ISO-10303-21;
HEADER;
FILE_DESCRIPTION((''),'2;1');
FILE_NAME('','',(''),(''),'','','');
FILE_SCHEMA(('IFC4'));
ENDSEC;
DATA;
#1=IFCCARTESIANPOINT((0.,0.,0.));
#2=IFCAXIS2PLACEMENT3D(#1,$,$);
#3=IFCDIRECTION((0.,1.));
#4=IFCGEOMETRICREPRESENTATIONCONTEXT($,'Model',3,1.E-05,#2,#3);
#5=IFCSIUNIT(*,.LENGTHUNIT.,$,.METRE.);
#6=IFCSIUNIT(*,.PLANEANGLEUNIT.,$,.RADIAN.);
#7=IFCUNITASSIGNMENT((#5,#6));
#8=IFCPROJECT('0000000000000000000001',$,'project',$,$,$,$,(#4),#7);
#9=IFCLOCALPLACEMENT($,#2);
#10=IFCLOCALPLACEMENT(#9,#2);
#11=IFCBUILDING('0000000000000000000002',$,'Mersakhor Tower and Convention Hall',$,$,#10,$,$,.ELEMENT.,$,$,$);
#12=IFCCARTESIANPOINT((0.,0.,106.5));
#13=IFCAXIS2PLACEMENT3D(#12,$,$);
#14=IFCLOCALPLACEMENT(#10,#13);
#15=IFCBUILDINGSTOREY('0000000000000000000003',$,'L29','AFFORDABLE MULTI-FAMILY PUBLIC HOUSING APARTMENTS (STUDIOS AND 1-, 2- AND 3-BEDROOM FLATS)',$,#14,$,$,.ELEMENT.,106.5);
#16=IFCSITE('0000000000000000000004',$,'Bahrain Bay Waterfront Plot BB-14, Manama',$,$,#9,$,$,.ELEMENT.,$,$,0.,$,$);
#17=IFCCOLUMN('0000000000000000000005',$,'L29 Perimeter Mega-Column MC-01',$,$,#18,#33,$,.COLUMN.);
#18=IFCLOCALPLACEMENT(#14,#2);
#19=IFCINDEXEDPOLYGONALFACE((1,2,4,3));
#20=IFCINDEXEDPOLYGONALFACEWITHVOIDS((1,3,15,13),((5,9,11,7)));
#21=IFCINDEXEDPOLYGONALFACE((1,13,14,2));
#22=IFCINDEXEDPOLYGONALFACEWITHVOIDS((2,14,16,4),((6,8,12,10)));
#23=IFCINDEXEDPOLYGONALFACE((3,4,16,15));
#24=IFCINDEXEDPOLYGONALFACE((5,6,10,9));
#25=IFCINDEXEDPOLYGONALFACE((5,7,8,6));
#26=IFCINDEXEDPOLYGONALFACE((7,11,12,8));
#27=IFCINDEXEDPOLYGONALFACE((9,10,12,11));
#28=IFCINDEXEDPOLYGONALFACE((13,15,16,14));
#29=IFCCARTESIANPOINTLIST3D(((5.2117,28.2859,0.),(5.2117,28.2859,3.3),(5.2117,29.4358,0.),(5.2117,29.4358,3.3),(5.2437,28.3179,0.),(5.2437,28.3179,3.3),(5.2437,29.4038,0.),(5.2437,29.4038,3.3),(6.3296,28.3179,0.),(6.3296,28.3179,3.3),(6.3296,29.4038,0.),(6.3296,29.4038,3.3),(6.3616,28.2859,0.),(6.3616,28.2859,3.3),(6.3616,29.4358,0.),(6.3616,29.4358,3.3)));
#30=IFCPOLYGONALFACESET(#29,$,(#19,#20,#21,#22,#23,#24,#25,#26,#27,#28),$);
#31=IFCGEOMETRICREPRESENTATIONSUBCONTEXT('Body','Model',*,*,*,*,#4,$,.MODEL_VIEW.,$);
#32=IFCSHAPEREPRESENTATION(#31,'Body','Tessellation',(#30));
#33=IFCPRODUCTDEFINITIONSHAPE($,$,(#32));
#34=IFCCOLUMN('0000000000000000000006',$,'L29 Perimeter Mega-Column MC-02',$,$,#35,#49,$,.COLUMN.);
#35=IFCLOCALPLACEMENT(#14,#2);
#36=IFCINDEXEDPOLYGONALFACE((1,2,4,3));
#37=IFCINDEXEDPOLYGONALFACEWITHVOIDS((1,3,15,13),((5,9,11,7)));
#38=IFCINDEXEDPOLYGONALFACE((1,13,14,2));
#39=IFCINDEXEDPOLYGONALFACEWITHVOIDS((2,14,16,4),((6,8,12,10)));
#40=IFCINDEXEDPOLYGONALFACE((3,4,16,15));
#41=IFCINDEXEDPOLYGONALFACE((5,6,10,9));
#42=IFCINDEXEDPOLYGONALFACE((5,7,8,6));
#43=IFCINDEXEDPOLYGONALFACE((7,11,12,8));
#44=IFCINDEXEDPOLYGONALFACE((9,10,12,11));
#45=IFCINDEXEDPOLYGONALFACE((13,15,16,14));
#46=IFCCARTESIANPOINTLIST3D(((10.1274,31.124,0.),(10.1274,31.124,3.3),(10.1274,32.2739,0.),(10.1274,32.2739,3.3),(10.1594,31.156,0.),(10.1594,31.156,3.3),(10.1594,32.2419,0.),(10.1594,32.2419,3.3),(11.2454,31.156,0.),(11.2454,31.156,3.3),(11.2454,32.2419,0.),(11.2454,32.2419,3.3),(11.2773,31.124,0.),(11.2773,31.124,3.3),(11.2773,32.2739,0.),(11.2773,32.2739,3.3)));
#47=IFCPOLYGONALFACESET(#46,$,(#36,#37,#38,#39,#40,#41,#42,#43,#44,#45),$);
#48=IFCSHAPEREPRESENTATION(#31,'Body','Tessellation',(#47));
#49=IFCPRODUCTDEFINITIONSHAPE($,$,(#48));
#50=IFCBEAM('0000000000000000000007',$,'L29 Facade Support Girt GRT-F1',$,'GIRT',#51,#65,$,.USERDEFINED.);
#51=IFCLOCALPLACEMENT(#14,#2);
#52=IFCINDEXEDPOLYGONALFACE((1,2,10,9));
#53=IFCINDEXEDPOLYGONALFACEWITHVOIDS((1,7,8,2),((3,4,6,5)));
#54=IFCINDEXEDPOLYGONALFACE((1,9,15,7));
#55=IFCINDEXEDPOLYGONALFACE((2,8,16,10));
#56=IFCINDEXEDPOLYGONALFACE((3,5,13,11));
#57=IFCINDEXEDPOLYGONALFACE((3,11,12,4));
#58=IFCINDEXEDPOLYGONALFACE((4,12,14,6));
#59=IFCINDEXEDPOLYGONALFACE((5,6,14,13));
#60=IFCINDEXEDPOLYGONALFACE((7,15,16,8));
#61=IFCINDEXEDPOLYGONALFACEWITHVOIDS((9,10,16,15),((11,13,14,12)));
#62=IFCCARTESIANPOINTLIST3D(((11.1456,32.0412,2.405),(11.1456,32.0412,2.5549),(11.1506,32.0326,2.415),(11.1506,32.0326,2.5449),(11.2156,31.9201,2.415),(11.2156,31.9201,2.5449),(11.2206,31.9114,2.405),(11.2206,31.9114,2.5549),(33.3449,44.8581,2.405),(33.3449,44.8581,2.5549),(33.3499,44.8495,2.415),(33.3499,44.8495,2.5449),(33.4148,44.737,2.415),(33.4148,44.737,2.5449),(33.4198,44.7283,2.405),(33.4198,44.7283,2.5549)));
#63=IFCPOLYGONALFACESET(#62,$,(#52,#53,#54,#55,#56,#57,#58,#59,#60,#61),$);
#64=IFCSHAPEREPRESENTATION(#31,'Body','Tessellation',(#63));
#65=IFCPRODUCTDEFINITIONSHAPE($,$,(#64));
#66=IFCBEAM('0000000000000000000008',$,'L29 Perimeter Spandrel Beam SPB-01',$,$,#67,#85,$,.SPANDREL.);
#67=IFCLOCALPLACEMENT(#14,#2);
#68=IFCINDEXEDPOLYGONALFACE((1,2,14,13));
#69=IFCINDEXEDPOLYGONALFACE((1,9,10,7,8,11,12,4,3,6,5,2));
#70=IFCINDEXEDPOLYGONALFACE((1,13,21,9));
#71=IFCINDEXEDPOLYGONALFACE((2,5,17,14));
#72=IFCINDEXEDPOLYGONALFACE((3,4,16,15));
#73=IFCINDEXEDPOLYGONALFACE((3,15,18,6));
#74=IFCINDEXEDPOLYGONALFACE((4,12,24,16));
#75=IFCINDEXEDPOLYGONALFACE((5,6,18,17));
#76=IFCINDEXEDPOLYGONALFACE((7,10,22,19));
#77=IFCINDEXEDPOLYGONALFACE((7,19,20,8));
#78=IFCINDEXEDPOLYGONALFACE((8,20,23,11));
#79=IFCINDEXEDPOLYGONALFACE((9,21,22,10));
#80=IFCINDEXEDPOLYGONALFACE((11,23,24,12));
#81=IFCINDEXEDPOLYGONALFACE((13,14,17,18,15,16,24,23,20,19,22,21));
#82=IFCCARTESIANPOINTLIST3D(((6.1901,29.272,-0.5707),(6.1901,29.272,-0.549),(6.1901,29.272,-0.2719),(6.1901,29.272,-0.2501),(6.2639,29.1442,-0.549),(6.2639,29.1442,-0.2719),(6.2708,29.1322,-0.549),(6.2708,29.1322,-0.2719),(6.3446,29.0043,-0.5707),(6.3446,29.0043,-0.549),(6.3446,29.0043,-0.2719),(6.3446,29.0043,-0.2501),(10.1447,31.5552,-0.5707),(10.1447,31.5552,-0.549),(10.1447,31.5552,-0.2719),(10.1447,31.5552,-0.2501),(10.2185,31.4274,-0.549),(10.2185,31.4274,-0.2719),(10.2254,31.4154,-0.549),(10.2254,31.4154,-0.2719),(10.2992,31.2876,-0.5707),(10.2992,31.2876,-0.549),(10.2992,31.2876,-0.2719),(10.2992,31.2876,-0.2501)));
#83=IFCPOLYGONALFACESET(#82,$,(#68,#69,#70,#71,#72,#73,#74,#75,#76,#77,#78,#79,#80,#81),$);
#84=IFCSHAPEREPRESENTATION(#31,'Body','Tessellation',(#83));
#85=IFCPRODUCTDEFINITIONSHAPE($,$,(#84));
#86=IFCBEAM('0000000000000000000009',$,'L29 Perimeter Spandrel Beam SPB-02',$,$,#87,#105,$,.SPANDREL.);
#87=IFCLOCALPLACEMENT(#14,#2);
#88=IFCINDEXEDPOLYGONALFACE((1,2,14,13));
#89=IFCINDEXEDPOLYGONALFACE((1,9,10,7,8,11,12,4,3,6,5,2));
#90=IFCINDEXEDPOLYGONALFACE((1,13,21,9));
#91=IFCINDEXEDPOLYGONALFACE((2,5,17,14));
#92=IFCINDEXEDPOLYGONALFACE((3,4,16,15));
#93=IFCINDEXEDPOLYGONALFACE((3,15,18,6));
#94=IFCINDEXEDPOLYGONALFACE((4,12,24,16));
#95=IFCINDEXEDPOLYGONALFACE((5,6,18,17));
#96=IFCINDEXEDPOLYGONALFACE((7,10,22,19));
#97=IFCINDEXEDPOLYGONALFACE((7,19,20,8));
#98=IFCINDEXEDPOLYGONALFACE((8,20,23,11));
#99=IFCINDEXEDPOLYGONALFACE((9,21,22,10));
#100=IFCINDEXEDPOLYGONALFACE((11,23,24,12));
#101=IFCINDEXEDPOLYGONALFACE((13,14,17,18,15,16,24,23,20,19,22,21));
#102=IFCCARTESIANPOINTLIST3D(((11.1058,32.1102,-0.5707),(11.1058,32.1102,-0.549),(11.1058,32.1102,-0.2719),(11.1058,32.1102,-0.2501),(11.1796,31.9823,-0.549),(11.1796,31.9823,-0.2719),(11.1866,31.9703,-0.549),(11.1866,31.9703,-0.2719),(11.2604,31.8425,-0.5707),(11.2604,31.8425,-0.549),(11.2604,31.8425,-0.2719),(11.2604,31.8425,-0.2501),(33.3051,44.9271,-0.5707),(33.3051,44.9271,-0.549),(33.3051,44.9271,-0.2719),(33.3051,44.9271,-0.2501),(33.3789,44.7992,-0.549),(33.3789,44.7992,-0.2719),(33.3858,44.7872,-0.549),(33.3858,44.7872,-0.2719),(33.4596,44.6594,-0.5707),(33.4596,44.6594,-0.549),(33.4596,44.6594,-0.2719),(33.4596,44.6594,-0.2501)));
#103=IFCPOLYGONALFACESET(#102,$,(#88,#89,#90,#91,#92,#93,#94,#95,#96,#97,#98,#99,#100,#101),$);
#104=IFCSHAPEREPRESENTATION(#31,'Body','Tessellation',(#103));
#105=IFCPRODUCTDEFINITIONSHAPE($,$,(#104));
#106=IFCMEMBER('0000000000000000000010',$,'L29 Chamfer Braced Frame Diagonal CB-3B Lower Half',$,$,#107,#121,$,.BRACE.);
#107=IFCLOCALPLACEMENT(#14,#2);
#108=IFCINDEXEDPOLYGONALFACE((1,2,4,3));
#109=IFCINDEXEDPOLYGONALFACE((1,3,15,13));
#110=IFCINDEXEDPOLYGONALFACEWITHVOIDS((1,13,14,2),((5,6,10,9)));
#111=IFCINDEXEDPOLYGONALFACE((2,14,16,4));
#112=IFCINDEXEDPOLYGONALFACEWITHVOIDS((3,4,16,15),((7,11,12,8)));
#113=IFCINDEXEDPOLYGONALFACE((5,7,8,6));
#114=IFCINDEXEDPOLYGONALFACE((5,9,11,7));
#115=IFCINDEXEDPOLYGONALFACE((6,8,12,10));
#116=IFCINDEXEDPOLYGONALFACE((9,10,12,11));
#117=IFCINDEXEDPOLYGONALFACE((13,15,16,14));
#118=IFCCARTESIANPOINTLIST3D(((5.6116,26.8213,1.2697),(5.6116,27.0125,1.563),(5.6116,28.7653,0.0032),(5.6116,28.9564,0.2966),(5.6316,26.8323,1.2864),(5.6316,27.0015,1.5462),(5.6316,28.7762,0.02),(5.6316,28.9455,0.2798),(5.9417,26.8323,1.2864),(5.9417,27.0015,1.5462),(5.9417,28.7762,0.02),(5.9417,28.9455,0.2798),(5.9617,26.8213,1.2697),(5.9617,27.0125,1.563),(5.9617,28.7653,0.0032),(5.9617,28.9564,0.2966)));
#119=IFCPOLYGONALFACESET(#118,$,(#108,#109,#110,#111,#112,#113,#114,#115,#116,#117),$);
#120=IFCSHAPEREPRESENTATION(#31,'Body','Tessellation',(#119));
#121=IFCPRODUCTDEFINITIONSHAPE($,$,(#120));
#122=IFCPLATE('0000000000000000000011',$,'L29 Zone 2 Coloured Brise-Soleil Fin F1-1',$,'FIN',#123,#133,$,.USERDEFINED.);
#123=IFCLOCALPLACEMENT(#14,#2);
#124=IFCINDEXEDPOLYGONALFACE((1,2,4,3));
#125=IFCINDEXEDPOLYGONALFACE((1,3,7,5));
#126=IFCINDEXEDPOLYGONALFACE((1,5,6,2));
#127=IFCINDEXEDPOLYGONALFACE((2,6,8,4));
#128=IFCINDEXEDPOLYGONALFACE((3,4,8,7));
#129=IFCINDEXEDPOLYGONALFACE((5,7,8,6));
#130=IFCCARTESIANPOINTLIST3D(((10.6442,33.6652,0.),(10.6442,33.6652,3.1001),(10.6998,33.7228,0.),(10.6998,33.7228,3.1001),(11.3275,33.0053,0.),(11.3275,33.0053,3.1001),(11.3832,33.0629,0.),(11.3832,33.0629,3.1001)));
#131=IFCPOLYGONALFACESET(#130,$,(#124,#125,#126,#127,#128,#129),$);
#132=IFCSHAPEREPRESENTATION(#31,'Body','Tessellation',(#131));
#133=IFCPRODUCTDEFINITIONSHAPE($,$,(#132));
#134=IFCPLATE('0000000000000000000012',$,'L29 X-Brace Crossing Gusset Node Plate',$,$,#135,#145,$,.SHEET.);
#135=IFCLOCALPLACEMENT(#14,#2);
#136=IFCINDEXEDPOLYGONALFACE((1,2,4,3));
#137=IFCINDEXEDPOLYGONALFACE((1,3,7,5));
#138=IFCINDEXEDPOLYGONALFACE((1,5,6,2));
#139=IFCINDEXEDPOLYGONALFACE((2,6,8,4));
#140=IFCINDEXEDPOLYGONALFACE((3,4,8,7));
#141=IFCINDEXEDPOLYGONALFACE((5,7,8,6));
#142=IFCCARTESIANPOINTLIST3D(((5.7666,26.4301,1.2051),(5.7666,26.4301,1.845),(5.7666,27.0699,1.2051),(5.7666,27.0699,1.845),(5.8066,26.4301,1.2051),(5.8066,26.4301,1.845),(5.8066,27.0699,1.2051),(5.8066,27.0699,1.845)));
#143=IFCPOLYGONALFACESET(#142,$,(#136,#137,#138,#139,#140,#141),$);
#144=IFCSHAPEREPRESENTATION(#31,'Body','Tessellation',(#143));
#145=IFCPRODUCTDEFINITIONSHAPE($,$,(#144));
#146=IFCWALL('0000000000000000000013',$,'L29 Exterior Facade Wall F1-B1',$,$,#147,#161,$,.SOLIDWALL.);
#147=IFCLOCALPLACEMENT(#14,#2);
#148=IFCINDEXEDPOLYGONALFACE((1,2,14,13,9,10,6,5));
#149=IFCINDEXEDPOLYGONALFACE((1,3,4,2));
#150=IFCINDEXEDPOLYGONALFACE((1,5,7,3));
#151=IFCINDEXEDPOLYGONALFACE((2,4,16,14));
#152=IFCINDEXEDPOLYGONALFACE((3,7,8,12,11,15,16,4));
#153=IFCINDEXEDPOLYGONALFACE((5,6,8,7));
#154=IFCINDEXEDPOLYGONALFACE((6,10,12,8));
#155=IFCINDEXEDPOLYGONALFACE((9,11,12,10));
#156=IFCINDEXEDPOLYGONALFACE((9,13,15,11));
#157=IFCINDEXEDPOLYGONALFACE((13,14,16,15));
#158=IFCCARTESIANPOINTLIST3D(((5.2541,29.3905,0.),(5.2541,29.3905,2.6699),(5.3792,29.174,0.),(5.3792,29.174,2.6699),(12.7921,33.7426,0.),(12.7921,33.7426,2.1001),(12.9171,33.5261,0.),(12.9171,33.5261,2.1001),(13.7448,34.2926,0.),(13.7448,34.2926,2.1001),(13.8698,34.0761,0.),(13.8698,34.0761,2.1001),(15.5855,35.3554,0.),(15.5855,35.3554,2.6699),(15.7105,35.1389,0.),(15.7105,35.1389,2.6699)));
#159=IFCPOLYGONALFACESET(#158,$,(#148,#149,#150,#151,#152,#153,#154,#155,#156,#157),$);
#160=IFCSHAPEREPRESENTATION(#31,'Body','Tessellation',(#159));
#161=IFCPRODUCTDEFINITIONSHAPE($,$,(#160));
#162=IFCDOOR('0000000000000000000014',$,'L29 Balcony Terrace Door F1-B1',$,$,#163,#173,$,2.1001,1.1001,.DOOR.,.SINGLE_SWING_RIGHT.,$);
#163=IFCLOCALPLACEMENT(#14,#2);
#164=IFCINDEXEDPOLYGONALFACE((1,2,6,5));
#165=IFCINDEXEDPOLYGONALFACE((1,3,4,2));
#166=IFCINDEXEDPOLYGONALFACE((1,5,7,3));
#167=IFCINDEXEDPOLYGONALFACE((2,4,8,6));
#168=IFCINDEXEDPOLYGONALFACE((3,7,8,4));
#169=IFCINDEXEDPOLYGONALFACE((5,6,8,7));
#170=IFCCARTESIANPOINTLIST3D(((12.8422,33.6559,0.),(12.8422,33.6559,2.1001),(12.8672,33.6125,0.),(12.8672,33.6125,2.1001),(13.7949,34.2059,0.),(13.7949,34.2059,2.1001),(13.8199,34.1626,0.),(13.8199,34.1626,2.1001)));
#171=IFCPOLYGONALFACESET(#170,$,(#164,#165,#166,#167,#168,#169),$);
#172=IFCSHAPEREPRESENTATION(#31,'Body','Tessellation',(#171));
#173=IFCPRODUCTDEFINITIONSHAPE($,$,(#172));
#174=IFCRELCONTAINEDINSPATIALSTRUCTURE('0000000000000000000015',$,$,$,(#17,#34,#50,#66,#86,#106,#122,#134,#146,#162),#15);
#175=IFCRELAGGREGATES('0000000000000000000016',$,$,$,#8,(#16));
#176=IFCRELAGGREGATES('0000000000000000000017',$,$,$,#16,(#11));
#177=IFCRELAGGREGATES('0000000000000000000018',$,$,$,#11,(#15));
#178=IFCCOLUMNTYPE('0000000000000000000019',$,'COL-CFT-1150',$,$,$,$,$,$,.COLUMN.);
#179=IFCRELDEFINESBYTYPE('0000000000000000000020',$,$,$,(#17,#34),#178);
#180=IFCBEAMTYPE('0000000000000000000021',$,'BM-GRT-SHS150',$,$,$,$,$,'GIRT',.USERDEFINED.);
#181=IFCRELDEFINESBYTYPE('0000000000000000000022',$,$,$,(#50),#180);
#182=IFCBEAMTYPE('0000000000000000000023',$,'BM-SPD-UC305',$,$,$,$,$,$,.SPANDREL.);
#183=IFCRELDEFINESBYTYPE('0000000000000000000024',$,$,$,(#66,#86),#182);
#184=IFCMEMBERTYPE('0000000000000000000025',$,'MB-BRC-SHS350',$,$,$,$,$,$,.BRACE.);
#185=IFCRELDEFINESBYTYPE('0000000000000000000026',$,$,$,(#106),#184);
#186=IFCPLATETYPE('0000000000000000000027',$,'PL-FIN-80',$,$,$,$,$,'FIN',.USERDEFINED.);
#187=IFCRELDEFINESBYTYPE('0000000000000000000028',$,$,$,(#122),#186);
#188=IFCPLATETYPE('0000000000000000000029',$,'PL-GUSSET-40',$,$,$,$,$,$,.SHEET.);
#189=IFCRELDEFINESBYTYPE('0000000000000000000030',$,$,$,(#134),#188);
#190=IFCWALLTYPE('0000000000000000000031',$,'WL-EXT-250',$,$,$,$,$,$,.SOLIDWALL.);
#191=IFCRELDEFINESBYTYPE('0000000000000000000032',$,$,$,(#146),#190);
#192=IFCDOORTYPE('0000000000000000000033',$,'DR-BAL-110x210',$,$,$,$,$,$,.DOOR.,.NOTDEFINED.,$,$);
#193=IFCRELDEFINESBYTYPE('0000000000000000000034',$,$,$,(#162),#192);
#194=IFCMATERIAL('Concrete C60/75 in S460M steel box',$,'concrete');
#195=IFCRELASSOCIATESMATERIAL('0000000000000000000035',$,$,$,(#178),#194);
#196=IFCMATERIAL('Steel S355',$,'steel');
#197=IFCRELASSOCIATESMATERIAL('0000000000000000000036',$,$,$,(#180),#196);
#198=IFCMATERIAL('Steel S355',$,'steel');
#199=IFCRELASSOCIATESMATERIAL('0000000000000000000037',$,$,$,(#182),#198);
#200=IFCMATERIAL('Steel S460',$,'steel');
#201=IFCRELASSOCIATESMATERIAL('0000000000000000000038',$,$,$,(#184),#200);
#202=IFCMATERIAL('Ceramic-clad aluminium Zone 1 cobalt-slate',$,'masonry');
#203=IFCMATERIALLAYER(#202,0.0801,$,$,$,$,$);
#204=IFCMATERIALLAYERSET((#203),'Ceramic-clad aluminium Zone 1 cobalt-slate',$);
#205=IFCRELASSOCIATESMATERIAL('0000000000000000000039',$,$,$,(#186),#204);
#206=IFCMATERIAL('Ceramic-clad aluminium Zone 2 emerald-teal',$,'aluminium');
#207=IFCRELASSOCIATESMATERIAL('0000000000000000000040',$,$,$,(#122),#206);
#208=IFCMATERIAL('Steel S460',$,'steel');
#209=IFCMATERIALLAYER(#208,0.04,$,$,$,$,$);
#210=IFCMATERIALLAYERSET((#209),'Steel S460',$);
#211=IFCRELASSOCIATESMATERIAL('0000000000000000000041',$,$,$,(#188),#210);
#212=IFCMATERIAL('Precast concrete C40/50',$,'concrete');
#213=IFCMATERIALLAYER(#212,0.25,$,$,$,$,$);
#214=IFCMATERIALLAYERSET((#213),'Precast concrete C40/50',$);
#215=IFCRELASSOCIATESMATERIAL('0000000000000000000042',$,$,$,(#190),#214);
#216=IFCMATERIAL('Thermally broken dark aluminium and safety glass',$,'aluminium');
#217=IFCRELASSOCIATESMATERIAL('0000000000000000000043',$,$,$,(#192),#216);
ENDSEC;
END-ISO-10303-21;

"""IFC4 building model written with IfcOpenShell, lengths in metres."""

from ifc_helpers import new_model, si_unit, direction, frame, frame_2d, origin, origin_2d, place, context, subcontext, project, spatial, rectangle, hollow_rectangle, i_section, extrude, material, layer, layer_set, material_profile, profile_set, type_object, element, fill, save


model = new_model("IFC4")

# Units and contexts
model_context = context("Model", 3, precision=1e-05, world=origin(), true_north=direction((0.0, 1.0)))
body_context = subcontext(model_context, "Body", "Model", "MODEL_VIEW")
ifc_project = project(units=[si_unit("LENGTHUNIT", "METRE"), si_unit("PLANEANGLEUNIT", "RADIAN")], contexts=[model_context])

# Site, building, storey
site_placement = place(None, origin())
site = spatial("IfcSite", under=ifc_project, at=site_placement, Name="Bahrain Bay Waterfront Plot BB-14, Manama", CompositionType="ELEMENT", RefElevation=0.0)
building_placement = place(site_placement, origin())
building = spatial("IfcBuilding", under=site, at=building_placement, Name="Mersakhor Tower and Convention Hall", CompositionType="ELEMENT")
storey_placement = place(building_placement, frame((0.0, 0.0, 106.5)))
storey = spatial("IfcBuildingStorey", under=building, at=storey_placement, Name="L29", Description="AFFORDABLE MULTI-FAMILY PUBLIC HOUSING APARTMENTS (STUDIOS AND 1-, 2- AND 3-BEDROOM FLATS)", CompositionType="ELEMENT", Elevation=106.5)

# Columns
ifc_material_1 = material(Name="Concrete C60/75 in S460M steel box", Category="concrete")
ifc_material_profile_1 = material_profile(ifc_material_1, hollow_rectangle(XDim=1.1499, YDim=1.1499, WallThickness=0.032, at=origin_2d()), Name="SHS 1150x1150x32")
ifc_profile_set_1 = profile_set([ifc_material_profile_1], Name="Concrete C60/75 in S460M steel box")
column_type = type_object("IfcColumnType", Name="COL-CFT-1150", PredefinedType="COLUMN", material=ifc_profile_set_1)
for number, where, z_axis, x_axis, name in (
    (1, (5.7866, 28.8608, 0.0), (0.0, 0.0, 1.0), (1.0, 0.0, 0.0), "L29 Perimeter Mega-Column MC-01"),
    (2, (10.7024, 31.699, 0.0), (0.0, 0.0, 1.0), (1.0, 0.0, 0.0), "L29 Perimeter Mega-Column MC-02"),
):
    element("IfcColumn", number, at=place(storey_placement, frame(where, z_axis=z_axis, x_axis=x_axis)), inside=storey, type_object=column_type, Name=name, PredefinedType="COLUMN", context=body_context, shape_type="SweptSolid", body=[
        extrude(hollow_rectangle(XDim=1.1499, YDim=1.1499, WallThickness=0.032, at=origin_2d()), origin(), (0.0, 0.0, 1.0), 3.3),
    ])

# Beams
ifc_material_2 = material(Name="Steel S355", Category="steel")
ifc_material_profile_2 = material_profile(ifc_material_2, hollow_rectangle(XDim=0.1499, YDim=0.1499, WallThickness=0.01, at=origin_2d()), Name="SHS 150x150x10")
ifc_profile_set_2 = profile_set([ifc_material_profile_2], Name="Steel S355")
beam_type_1 = type_object("IfcBeamType", Name="BM-GRT-SHS150", ElementType="GIRT", PredefinedType="USERDEFINED", material=ifc_profile_set_2)
beam_1_placement = place(storey_placement, frame((11.1831, 31.9763, 2.48), z_axis=(0.866023, 0.500005, 0.0), x_axis=(-0.500005, 0.866023, 0.0)))
element("IfcBeam", 3, at=beam_1_placement, inside=storey, type_object=beam_type_1, Name="L29 Facade Support Girt GRT-F1", ObjectType="GIRT", PredefinedType="USERDEFINED", context=body_context, shape_type="SweptSolid", body=[
    extrude(hollow_rectangle(XDim=0.1499, YDim=0.1499, WallThickness=0.01, at=origin_2d()), origin(), (0.0, 0.0, 1.0), 25.6335),
])
ifc_material_3 = material(Name="Steel S355", Category="steel")
ifc_material_profile_3 = material_profile(ifc_material_3, i_section(OverallWidth=0.3091, OverallDepth=0.3206, WebThickness=0.0139, FlangeThickness=0.0217, at=origin_2d()), Name="UC 305x305x137")
ifc_profile_set_3 = profile_set([ifc_material_profile_3], Name="Steel S355")
beam_type_2 = type_object("IfcBeamType", Name="BM-SPD-UC305", PredefinedType="SPANDREL", material=ifc_profile_set_3)
beam_2_placement = place(storey_placement, frame((6.2673, 29.1382, -0.4104), z_axis=(0.866024, 0.500003, 0.0), x_axis=(-0.500003, 0.866024, 0.0)))
element("IfcBeam", 4, at=beam_2_placement, inside=storey, type_object=beam_type_2, Name="L29 Perimeter Spandrel Beam SPB-01", PredefinedType="SPANDREL", context=body_context, shape_type="SweptSolid", body=[
    extrude(i_section(OverallWidth=0.3091, OverallDepth=0.3206, WebThickness=0.0139, FlangeThickness=0.0217, at=origin_2d()), origin(), (0.0, 0.0, 1.0), 4.5664),
])
beam_3_placement = place(storey_placement, frame((11.1831, 31.9763, -0.4104), z_axis=(0.866023, 0.500005, 0.0), x_axis=(-0.500005, 0.866023, 0.0)))
element("IfcBeam", 5, at=beam_3_placement, inside=storey, type_object=beam_type_2, Name="L29 Perimeter Spandrel Beam SPB-02", PredefinedType="SPANDREL", context=body_context, shape_type="SweptSolid", body=[
    extrude(i_section(OverallWidth=0.3091, OverallDepth=0.3206, WebThickness=0.0139, FlangeThickness=0.0217, at=origin_2d()), origin(), (0.0, 0.0, 1.0), 25.6335),
])

# Member
ifc_material_4 = material(Name="Steel S460", Category="steel")
ifc_material_profile_4 = material_profile(ifc_material_4, hollow_rectangle(XDim=0.3501, YDim=0.3501, WallThickness=0.02, at=origin_2d()), Name="SHS 350x350x20")
ifc_profile_set_4 = profile_set([ifc_material_profile_4], Name="Steel S460")
member_type = type_object("IfcMemberType", Name="MB-BRC-SHS350", PredefinedType="BRACE", material=ifc_profile_set_4)
member_placement = place(storey_placement, frame((5.7866, 28.8608, 0.1499), z_axis=(0.0, -0.837881, 0.545854), x_axis=(1.0, 0.0, 0.0)))
element("IfcMember", 6, at=member_placement, inside=storey, type_object=member_type, Name="L29 Chamfer Braced Frame Diagonal CB-3B Lower Half", PredefinedType="BRACE", context=body_context, shape_type="SweptSolid", body=[
    extrude(hollow_rectangle(XDim=0.3501, YDim=0.3501, WallThickness=0.02, at=origin_2d()), origin(), (0.0, 0.0, 1.0), 2.3201),
])

# Plates
ifc_material_5 = material(Name="Ceramic-clad aluminium Zone 2 emerald-teal", Category="aluminium")
ifc_material_6 = material(Name="Ceramic-clad aluminium Zone 1 cobalt-slate", Category="masonry")
ifc_layer_1 = layer(ifc_material_6, 0.0801)
ifc_layer_set_1 = layer_set([ifc_layer_1], Name="Ceramic-clad aluminium Zone 1 cobalt-slate")
plate_type_1 = type_object("IfcPlateType", Name="PL-FIN-80", ElementType="FIN", PredefinedType="USERDEFINED", material=ifc_layer_set_1)
plate_1_placement = place(storey_placement, frame((11.0137, 33.364, 0.0), z_axis=(0.0, 0.0, 1.0), x_axis=(-0.71934, 0.694658, 0.0)))
element("IfcPlate", 7, at=plate_1_placement, inside=storey, type_object=plate_type_1, material=ifc_material_5, Name="L29 Zone 2 Coloured Brise-Soleil Fin F1-1", ObjectType="FIN", PredefinedType="USERDEFINED", context=body_context, shape_type="SweptSolid", body=[
    extrude(rectangle(XDim=0.95, YDim=0.0801, at=origin_2d()), origin(), (0.0, 0.0, 1.0), 3.1001),
])
ifc_material_7 = material(Name="Steel S460", Category="steel")
ifc_layer_2 = layer(ifc_material_7, 0.04)
ifc_layer_set_2 = layer_set([ifc_layer_2], Name="Steel S460")
plate_type_2 = type_object("IfcPlateType", Name="PL-GUSSET-40", PredefinedType="SHEET", material=ifc_layer_set_2)
plate_2_placement = place(storey_placement, frame((5.7866, 26.75, 1.2051), z_axis=(0.0, 0.0, 1.0), x_axis=(0.0, -1.0, 0.0)))
element("IfcPlate", 8, at=plate_2_placement, inside=storey, type_object=plate_type_2, Name="L29 X-Brace Crossing Gusset Node Plate", PredefinedType="SHEET", context=body_context, shape_type="SweptSolid", body=[
    extrude(rectangle(XDim=0.6399, YDim=0.04, at=origin_2d()), origin(), (0.0, 0.0, 1.0), 0.6399),
])

# Wall, opening, door
ifc_material_8 = material(Name="Precast concrete C40/50", Category="concrete")
ifc_layer_3 = layer(ifc_material_8, 0.25)
ifc_layer_set_3 = layer_set([ifc_layer_3], Name="Precast concrete C40/50")
wall_type_1 = type_object("IfcWallType", Name="WL-EXT-250", PredefinedType="SOLIDWALL", material=ifc_layer_set_3)
wall_1_placement = place(storey_placement, frame((5.3167, 29.2822, 0.0), z_axis=(0.0, 0.0, 1.0), x_axis=(0.866023, 0.500004, 0.0)))
wall_1 = element("IfcWall", 9, at=wall_1_placement, inside=storey, type_object=wall_type_1, Name="L29 Exterior Facade Wall F1-B1", PredefinedType="SOLIDWALL", context=body_context, shape_type="SweptSolid", body=[
    extrude(rectangle(XDim=11.9297, YDim=0.25, at=frame_2d((5.9648, 0.0))), origin(), (0.0, 0.0, 1.0), 2.6699),
])
opening_1_placement = place(wall_1_placement, frame((8.7041, 0.0, 0.0)))
opening_1 = element("IfcOpeningElement", 10, at=opening_1_placement, cuts=wall_1, PredefinedType="OPENING", context=body_context, shape_type="SweptSolid", body=[
    extrude(rectangle(XDim=1.1001, YDim=2.1001, at=frame_2d((0.55, 1.05))), frame((0.0, 0.135, 0.0), z_axis=(0.0, -1.0, 0.0), x_axis=(1.0, 0.0, 0.0)), (0.0, 0.0, 1.0), 0.27),
])
ifc_material_9 = material(Name="Thermally broken dark aluminium and safety glass", Category="aluminium")
door_type_1 = type_object("IfcDoorType", Name="DR-BAL-110x210", OperationType="NOTDEFINED", PredefinedType="DOOR", material=ifc_material_9)
door_1_placement = place(opening_1_placement, origin())
door_1 = element("IfcDoor", 11, at=door_1_placement, inside=storey, type_object=door_type_1, Name="L29 Balcony Terrace Door F1-B1", OperationType="SINGLE_SWING_RIGHT", OverallHeight=2.1001, OverallWidth=1.1001, PredefinedType="DOOR", context=body_context, shape_type="SweptSolid", body=[
    extrude(rectangle(XDim=1.1001, YDim=2.1001, at=frame_2d((0.55, 1.05))), frame((0.0, 0.0249, 0.0), z_axis=(0.0, -1.0, 0.0), x_axis=(1.0, 0.0, 0.0)), (0.0, 0.0, 1.0), 0.05),
])
fill(opening_1, door_1)

save(model, "model.ifc")
